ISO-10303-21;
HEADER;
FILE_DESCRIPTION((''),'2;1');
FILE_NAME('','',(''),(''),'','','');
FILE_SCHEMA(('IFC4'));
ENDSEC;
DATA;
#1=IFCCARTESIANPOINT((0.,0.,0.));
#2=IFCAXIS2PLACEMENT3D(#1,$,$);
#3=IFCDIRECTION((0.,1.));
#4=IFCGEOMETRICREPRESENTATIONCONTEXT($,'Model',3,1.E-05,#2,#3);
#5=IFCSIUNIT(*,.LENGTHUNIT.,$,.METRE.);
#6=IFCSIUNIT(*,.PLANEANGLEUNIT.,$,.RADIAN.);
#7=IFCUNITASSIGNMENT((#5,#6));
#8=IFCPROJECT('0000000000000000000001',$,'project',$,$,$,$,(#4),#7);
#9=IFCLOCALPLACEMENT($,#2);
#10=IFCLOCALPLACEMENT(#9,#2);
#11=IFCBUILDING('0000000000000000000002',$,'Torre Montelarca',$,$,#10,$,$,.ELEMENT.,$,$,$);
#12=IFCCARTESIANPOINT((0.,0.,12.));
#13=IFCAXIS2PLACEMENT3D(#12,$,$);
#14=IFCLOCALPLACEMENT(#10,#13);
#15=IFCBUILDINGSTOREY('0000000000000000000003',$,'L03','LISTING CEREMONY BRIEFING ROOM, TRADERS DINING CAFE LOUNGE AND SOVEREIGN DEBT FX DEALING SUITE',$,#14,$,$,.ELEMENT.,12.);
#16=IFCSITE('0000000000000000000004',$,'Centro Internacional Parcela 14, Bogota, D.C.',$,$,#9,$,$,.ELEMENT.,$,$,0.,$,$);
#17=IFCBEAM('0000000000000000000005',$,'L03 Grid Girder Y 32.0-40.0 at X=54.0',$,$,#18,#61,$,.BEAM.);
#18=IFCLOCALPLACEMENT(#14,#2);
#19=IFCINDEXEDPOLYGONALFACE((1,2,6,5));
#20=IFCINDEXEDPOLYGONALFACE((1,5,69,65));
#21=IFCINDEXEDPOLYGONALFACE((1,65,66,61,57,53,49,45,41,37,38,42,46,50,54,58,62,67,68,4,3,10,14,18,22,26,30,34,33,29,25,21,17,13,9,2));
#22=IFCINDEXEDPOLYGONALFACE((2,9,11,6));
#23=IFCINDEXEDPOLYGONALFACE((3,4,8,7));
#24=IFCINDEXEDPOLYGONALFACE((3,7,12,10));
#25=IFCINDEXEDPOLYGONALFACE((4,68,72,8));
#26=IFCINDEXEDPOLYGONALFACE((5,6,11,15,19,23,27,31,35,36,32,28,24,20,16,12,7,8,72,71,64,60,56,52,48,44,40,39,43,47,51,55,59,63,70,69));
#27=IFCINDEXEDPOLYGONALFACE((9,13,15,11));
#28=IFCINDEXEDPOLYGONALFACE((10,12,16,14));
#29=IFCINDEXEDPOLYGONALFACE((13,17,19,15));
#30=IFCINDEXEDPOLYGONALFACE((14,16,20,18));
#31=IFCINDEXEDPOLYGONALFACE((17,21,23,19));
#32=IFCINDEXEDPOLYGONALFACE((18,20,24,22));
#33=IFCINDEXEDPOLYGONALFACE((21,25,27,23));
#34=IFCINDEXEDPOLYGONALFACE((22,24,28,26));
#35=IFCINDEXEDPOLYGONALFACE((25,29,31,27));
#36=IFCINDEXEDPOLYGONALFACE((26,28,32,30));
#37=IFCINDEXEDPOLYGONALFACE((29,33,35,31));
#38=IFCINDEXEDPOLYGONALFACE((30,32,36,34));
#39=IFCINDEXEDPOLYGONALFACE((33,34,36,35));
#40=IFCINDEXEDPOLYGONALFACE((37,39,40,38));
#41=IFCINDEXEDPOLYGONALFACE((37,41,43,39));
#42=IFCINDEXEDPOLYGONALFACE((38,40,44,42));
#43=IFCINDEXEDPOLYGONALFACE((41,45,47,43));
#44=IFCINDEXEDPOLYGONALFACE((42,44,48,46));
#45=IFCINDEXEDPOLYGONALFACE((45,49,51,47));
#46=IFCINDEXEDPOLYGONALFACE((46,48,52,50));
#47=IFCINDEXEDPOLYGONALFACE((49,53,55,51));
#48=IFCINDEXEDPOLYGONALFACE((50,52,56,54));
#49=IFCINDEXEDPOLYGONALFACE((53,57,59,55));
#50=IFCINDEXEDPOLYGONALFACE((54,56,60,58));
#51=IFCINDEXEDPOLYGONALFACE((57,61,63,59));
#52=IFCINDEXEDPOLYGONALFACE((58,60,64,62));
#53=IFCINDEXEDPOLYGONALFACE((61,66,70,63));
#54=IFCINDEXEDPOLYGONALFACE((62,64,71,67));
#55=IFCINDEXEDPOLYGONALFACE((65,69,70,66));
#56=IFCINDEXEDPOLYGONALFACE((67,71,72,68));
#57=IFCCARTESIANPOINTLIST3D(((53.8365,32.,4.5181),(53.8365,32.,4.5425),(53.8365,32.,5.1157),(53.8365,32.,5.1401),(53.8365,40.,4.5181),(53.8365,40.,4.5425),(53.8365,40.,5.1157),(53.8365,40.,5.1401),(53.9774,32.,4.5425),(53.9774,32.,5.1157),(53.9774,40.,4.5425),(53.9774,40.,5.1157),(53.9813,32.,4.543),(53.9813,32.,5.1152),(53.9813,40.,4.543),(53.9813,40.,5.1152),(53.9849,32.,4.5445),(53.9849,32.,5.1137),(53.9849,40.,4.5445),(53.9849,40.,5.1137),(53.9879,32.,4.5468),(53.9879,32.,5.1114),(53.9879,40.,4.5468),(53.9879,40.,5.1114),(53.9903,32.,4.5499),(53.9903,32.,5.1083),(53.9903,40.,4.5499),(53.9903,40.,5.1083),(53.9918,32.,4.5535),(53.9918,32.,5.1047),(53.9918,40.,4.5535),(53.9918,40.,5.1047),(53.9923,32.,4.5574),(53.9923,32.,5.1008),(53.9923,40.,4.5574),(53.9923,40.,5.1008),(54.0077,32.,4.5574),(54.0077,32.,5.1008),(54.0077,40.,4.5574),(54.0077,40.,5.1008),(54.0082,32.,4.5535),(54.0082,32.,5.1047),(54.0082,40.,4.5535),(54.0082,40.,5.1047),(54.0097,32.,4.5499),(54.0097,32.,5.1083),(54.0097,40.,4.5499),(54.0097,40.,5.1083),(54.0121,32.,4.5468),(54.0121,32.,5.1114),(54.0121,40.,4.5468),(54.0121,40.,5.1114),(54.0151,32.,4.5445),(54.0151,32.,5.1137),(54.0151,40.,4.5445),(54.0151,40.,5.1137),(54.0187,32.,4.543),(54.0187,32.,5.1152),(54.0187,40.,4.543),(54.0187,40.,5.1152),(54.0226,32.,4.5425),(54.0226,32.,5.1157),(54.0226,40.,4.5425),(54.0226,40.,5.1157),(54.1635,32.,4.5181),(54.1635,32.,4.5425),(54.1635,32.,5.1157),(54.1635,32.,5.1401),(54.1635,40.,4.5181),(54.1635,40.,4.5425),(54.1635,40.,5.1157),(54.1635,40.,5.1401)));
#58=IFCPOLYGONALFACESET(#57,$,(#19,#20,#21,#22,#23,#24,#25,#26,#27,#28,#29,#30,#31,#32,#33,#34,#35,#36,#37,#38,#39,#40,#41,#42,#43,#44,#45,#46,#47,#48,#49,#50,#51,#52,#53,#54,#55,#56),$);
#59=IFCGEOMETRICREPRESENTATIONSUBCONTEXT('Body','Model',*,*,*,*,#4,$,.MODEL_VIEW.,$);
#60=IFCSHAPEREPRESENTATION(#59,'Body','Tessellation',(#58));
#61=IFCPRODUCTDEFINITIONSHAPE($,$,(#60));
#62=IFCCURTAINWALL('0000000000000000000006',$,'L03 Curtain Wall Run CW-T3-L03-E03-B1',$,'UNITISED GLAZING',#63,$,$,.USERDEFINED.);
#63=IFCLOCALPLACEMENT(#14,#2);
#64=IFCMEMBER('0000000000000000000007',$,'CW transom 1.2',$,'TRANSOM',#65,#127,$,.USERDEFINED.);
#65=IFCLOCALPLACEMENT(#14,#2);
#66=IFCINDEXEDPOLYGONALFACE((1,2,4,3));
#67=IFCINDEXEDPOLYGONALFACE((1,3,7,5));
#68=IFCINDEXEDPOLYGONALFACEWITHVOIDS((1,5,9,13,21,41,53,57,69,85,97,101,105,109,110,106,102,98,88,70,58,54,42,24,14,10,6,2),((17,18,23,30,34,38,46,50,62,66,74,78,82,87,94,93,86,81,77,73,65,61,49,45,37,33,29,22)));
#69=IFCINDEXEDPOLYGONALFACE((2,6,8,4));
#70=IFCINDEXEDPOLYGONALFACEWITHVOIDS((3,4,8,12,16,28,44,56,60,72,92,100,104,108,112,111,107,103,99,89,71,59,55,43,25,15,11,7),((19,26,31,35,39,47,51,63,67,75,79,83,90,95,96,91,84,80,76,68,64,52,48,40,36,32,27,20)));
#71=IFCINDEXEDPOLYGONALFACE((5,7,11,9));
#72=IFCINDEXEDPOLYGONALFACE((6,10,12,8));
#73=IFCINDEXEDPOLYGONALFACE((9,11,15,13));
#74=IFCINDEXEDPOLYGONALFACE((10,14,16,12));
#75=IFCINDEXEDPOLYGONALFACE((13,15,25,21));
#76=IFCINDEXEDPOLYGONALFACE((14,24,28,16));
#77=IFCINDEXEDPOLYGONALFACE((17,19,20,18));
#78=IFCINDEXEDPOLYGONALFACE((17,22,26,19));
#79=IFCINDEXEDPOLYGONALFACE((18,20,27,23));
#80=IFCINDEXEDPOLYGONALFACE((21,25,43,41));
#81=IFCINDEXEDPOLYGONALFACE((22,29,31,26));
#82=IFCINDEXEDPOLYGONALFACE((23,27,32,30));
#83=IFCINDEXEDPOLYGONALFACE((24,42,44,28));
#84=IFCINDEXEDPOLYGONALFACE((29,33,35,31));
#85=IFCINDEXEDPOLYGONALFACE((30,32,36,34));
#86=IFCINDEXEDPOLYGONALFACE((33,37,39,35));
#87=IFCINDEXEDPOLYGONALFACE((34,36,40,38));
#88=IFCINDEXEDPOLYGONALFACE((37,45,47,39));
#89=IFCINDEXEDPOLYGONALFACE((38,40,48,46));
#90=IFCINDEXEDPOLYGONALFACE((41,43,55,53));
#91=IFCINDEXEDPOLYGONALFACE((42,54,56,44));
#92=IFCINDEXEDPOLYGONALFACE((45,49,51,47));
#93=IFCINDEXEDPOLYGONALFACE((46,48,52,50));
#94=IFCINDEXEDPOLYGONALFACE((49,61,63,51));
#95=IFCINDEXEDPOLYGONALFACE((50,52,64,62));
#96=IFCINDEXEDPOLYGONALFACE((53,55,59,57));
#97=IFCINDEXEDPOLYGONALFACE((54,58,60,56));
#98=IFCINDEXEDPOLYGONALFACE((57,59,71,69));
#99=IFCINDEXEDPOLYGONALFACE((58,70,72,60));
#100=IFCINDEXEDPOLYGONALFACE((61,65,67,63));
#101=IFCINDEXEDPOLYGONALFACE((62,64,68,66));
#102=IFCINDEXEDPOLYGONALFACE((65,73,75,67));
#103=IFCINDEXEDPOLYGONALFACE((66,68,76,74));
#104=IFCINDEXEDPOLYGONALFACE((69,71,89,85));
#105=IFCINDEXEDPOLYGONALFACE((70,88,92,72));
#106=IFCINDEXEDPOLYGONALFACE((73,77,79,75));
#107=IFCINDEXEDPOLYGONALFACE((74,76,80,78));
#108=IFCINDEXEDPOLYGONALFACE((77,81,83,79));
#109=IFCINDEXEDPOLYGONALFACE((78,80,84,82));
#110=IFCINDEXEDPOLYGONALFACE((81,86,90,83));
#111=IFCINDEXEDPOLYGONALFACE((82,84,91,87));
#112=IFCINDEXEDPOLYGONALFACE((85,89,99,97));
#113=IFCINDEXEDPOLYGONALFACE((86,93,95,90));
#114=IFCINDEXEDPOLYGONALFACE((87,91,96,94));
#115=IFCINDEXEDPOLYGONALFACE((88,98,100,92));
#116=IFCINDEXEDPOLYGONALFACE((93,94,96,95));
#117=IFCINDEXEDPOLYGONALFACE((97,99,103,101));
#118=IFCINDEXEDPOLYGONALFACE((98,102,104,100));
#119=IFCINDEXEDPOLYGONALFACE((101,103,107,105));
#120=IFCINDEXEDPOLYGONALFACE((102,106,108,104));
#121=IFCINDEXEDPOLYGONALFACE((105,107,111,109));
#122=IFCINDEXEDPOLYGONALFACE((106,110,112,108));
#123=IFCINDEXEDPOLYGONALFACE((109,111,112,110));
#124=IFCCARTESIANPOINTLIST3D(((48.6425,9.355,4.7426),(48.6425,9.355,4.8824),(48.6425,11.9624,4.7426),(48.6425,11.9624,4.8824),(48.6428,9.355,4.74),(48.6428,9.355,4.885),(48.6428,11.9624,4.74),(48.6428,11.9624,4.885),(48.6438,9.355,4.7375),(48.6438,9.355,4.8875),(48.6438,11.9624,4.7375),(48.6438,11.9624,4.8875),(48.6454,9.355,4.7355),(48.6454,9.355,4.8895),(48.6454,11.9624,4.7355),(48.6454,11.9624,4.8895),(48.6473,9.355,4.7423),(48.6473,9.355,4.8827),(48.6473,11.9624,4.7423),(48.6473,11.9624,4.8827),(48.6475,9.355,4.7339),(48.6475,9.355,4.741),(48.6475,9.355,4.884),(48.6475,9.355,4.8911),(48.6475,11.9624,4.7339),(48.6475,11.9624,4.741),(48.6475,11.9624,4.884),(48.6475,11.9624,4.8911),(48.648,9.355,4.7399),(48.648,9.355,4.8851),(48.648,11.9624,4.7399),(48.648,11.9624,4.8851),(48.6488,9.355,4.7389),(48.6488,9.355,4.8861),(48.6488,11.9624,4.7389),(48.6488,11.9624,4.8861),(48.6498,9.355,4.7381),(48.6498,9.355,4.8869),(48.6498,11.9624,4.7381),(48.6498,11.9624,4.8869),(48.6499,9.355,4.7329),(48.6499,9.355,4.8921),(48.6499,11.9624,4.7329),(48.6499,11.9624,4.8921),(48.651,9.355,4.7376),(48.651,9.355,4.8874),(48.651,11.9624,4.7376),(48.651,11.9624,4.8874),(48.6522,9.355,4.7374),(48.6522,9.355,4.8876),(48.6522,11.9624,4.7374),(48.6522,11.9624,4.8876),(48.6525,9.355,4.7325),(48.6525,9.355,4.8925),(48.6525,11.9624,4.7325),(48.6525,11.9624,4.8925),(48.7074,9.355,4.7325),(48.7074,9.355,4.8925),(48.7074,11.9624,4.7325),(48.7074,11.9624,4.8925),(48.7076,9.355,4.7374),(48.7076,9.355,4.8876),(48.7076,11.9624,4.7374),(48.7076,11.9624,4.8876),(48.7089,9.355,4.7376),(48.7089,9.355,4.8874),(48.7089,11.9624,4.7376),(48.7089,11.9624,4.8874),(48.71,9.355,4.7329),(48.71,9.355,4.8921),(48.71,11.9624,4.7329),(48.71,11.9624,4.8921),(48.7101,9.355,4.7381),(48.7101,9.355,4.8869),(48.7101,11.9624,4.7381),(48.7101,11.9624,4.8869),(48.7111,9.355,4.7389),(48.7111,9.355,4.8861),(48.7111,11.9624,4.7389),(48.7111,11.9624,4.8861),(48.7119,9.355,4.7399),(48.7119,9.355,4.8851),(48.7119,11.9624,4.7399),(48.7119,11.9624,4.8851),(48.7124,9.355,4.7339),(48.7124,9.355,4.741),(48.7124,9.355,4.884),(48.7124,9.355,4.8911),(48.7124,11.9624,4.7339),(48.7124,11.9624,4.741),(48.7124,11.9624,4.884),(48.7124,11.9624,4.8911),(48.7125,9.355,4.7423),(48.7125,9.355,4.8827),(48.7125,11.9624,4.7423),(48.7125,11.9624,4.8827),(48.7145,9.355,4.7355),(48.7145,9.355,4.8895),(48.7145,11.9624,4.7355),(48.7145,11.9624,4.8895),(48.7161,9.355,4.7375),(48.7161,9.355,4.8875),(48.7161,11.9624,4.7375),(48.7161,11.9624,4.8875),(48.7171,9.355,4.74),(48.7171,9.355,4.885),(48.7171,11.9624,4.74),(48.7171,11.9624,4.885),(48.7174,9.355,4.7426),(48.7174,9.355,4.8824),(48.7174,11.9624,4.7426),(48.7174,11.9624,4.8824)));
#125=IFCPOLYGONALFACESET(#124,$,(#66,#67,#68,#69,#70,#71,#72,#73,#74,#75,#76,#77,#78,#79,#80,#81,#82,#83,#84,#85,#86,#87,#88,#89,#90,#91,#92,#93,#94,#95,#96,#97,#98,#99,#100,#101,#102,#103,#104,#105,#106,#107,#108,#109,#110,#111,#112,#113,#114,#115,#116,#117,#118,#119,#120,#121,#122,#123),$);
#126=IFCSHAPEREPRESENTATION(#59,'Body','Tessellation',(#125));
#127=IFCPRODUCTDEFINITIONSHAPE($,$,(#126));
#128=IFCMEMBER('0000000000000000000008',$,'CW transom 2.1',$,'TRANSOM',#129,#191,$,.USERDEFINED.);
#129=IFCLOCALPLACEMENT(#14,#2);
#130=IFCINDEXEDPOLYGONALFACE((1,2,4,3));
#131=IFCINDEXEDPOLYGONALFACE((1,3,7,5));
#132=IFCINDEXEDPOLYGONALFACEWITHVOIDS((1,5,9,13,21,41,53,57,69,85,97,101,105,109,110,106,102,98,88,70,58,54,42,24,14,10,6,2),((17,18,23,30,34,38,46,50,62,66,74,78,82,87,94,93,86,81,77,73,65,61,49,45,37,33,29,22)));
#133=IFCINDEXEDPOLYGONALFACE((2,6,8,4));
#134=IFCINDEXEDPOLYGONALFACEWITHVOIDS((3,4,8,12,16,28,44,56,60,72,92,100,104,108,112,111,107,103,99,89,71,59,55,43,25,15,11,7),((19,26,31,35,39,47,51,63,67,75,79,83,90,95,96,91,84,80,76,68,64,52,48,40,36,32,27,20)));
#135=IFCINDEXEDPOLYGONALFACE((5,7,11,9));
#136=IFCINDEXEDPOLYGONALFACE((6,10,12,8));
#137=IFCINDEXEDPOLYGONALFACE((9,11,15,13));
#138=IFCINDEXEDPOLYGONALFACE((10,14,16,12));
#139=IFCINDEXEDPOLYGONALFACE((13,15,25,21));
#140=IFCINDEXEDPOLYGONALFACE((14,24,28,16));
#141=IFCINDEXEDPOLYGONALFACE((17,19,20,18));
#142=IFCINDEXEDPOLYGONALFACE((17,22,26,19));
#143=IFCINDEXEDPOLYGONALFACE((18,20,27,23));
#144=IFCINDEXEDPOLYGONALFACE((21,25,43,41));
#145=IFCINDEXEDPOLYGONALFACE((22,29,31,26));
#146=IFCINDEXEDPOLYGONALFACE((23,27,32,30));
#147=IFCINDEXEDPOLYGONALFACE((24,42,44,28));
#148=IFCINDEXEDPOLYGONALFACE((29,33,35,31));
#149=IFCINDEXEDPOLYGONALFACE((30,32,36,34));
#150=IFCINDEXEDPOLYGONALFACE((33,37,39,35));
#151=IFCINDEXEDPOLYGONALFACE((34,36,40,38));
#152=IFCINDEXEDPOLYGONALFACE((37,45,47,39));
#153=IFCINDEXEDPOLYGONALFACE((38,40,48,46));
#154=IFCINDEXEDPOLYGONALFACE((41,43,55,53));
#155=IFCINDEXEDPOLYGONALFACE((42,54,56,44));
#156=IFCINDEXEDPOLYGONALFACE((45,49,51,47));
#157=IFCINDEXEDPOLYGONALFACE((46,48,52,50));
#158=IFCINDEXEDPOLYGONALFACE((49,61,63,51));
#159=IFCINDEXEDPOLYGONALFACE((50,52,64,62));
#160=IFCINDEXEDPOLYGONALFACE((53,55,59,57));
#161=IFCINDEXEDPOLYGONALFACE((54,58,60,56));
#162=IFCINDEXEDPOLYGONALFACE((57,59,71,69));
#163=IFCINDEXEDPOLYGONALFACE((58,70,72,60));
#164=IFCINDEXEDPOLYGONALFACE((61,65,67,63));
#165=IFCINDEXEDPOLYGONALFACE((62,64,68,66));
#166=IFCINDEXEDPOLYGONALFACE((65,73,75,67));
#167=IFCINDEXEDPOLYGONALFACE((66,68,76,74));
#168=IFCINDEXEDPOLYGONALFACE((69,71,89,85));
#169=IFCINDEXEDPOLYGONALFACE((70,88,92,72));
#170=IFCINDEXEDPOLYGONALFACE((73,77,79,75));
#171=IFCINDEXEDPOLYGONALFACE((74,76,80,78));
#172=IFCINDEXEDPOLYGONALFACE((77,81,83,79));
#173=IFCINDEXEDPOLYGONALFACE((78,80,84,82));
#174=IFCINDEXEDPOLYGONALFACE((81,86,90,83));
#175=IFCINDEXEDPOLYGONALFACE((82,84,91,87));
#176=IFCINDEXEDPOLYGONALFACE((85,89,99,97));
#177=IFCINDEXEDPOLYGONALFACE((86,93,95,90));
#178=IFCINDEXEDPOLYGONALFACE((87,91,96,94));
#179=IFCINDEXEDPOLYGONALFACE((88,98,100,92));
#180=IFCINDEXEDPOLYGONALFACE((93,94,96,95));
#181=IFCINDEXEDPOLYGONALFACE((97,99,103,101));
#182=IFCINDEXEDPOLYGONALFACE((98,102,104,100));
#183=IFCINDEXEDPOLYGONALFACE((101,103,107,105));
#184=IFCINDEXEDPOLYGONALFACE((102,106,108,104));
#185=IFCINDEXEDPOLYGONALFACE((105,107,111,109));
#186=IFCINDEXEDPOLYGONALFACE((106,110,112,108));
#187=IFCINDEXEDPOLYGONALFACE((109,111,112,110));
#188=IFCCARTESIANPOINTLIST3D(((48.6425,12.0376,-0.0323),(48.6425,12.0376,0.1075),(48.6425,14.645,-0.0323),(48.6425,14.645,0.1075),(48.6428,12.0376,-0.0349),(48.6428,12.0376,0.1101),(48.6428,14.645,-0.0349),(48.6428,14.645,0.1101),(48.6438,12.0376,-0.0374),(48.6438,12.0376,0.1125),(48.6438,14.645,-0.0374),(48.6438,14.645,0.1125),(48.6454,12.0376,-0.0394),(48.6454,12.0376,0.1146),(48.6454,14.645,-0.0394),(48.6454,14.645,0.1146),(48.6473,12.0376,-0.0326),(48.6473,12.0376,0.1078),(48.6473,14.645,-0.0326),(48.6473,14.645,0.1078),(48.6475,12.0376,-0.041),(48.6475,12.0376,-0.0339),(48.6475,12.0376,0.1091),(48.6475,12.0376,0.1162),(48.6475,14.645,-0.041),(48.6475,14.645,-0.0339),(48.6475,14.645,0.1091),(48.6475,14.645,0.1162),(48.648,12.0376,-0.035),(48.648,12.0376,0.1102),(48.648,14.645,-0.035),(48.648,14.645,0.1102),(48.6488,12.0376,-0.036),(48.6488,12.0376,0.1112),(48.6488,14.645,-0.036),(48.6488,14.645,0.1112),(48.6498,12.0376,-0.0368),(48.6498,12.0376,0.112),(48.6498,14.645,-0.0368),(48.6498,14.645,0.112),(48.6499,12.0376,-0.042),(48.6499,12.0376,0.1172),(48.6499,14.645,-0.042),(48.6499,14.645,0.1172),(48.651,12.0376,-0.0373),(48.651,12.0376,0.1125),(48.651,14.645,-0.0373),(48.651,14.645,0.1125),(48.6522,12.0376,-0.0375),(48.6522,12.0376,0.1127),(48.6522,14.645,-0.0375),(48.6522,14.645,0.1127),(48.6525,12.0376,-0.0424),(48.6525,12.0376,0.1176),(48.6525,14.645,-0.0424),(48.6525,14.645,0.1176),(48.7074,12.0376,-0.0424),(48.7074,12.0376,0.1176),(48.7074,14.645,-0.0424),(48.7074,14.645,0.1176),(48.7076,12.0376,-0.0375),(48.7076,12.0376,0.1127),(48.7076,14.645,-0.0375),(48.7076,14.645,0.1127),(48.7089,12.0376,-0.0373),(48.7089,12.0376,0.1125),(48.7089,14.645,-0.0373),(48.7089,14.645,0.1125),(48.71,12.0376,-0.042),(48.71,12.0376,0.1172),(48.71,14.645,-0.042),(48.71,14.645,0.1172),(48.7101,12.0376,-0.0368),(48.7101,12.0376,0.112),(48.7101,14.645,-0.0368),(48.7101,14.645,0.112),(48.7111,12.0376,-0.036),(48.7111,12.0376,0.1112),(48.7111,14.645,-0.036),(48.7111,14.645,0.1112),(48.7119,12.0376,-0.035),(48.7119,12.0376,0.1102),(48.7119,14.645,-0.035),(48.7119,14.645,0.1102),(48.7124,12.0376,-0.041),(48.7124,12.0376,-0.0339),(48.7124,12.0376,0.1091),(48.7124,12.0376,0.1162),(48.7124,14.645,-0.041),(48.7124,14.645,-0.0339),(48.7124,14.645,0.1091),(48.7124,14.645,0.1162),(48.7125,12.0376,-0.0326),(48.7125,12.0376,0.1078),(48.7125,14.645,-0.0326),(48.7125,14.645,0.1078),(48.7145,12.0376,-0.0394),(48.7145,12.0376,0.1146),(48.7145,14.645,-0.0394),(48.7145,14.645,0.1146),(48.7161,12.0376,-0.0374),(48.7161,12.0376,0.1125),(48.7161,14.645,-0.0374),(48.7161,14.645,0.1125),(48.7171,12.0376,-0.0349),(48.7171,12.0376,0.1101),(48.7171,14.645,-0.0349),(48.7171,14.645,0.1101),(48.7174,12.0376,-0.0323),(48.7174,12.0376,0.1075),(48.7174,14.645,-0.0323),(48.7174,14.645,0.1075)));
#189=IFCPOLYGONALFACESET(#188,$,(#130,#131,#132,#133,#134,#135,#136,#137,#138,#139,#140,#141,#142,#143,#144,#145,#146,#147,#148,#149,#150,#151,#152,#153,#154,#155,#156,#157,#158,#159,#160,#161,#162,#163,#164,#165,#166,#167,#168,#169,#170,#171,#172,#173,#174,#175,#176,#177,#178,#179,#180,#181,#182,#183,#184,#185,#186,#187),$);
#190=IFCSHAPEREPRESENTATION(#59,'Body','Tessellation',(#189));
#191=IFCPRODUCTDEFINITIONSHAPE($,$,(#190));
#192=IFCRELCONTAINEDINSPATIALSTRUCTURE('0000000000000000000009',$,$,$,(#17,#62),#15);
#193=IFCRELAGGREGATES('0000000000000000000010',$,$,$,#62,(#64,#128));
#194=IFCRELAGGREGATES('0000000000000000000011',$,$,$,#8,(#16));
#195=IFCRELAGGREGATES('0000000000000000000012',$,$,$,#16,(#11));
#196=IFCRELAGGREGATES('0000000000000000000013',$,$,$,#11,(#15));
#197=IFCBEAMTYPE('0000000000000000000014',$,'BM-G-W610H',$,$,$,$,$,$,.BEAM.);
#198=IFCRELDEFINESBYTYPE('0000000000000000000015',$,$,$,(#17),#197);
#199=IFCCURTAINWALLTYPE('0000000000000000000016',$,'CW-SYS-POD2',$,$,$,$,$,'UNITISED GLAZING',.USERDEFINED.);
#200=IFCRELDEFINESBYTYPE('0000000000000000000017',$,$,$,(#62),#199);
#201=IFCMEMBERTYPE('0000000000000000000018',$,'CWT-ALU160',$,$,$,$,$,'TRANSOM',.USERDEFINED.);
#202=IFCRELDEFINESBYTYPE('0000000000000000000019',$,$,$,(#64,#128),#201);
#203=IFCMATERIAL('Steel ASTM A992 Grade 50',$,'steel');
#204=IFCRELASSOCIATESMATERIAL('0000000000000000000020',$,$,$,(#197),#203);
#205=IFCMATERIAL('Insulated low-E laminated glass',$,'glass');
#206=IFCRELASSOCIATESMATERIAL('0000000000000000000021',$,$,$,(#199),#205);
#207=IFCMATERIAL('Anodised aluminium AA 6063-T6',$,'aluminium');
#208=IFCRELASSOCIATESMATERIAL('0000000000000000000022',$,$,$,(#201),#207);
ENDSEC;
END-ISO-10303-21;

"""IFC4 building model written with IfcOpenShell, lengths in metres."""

from ifc_helpers import new_model, si_unit, direction, frame, origin, origin_2d, place, context, subcontext, project, spatial, hollow_rectangle, i_section, extrude, source, transform, mapped, material, material_profile, profile_set, type_object, element, aggregate, save


model = new_model("IFC4")

# Units and contexts
model_context = context("Model", 3, precision=1e-05, world=origin(), true_north=direction((0.0, 1.0)))
body_context = subcontext(model_context, "Body", "Model", "MODEL_VIEW")
ifc_project = project(units=[si_unit("LENGTHUNIT", "METRE"), si_unit("PLANEANGLEUNIT", "RADIAN")], contexts=[model_context])

# Site, building, storey
site_placement = place(None, origin())
site = spatial("IfcSite", under=ifc_project, at=site_placement, Name="Centro Internacional Parcela 14, Bogota, D.C.", CompositionType="ELEMENT", RefElevation=0.0)
building_placement = place(site_placement, origin())
building = spatial("IfcBuilding", under=site, at=building_placement, Name="Torre Montelarca", CompositionType="ELEMENT")
storey_placement = place(building_placement, frame((0.0, 0.0, 12.0)))
storey = spatial("IfcBuildingStorey", under=building, at=storey_placement, Name="L03", Description="LISTING CEREMONY BRIEFING ROOM, TRADERS DINING CAFE LOUNGE AND SOVEREIGN DEBT FX DEALING SUITE", CompositionType="ELEMENT", Elevation=12.0)

# Shared definitions
ifc_material_1 = material(Name="Steel ASTM A992 Grade 50", Category="steel")

# Beam
ifc_material_profile_1 = material_profile(ifc_material_1, i_section(OverallWidth=0.3269, OverallDepth=0.6221, WebThickness=0.0154, FlangeThickness=0.0244, FilletRadius=0.0149, at=origin_2d()), Name="W610X195", Category="steel")
ifc_profile_set_1 = profile_set([ifc_material_profile_1], Name="Steel ASTM A992 Grade 50")
beam_type_1 = type_object("IfcBeamType", Name="BM-G-W610H", PredefinedType="BEAM", material=ifc_profile_set_1)
shared_shape_1 = source(origin(), body_context, "Body", "SweptSolid", [
    extrude(i_section(OverallWidth=0.3269, OverallDepth=0.6221, WebThickness=0.0154, FlangeThickness=0.0244, FilletRadius=0.0149, at=origin_2d()), origin(), (0.0, 0.0, 1.0), 8.0),
])
for number, where, z_axis, x_axis, name in (
    (1, (54.0, 32.0, 4.8291), (0.0, 1.0, 0.0), (-1.0, 0.0, 0.0), "L03 Grid Girder Y 32.0-40.0 at X=54.0"),
):
    element("IfcBeam", number, at=place(storey_placement, frame(where, z_axis=z_axis, x_axis=x_axis)), inside=storey, type_object=beam_type_1, Name=name, PredefinedType="BEAM", context=body_context, shape_type="MappedRepresentation", body=[
        mapped(shared_shape_1, transform((0.0, 0.0, 0.0), scale=1.0)),
    ])

# Curtain wall, members
ifc_material_2 = material(Name="Insulated low-E laminated glass", Category="glass")
curtain_wall_type = type_object("IfcCurtainWallType", Name="CW-SYS-POD2", ElementType="UNITISED GLAZING", PredefinedType="USERDEFINED", material=ifc_material_2)
curtain_wall_1_placement = place(storey_placement, origin())
curtain_wall_1 = element("IfcCurtainWall", 2, at=curtain_wall_1_placement, inside=storey, type_object=curtain_wall_type, Name="L03 Curtain Wall Run CW-T3-L03-E03-B1", ObjectType="UNITISED GLAZING", PredefinedType="USERDEFINED")
ifc_material_3 = material(Name="Anodised aluminium AA 6063-T6", Category="aluminium")
ifc_material_profile_2 = material_profile(ifc_material_3, hollow_rectangle(XDim=0.075, YDim=0.1599, WallThickness=0.0049, InnerFilletRadius=0.0049, OuterFilletRadius=0.01, at=origin_2d()), Name="ALU75X160X5", Category="aluminium")
ifc_profile_set_2 = profile_set([ifc_material_profile_2], Name="Anodised aluminium AA 6063-T6")
member_type_1 = type_object("IfcMemberType", Name="CWT-ALU160", ElementType="TRANSOM", PredefinedType="USERDEFINED", material=ifc_profile_set_2)
shared_shape_2 = source(origin(), body_context, "Body", "SweptSolid", [
    extrude(hollow_rectangle(XDim=0.075, YDim=0.1599, WallThickness=0.0049, InnerFilletRadius=0.0049, OuterFilletRadius=0.01, at=origin_2d()), origin(), (0.0, 0.0, 1.0), 2.6074),
])
member_1_placement = place(storey_placement, frame((48.6799, 9.355, 4.8125), z_axis=(0.0, 1.0, 0.0), x_axis=(-1.0, 0.0, 0.0)))
member_1 = element("IfcMember", 3, at=member_1_placement, type_object=member_type_1, Name="CW transom 1.2", ObjectType="TRANSOM", PredefinedType="USERDEFINED", context=body_context, shape_type="MappedRepresentation", body=[
    mapped(shared_shape_2, transform((0.0, 0.0, 0.0), scale=1.0)),
])
member_2_placement = place(storey_placement, frame((48.6799, 12.0376, 0.0376), z_axis=(0.0, 1.0, 0.0), x_axis=(-1.0, 0.0, 0.0)))
member_2 = element("IfcMember", 4, at=member_2_placement, type_object=member_type_1, Name="CW transom 2.1", ObjectType="TRANSOM", PredefinedType="USERDEFINED", context=body_context, shape_type="MappedRepresentation", body=[
    mapped(shared_shape_2, transform((0.0, 0.0, 0.0), scale=1.0)),
])

aggregate(curtain_wall_1, [member_1, member_2])

save(model, "model.ifc")
